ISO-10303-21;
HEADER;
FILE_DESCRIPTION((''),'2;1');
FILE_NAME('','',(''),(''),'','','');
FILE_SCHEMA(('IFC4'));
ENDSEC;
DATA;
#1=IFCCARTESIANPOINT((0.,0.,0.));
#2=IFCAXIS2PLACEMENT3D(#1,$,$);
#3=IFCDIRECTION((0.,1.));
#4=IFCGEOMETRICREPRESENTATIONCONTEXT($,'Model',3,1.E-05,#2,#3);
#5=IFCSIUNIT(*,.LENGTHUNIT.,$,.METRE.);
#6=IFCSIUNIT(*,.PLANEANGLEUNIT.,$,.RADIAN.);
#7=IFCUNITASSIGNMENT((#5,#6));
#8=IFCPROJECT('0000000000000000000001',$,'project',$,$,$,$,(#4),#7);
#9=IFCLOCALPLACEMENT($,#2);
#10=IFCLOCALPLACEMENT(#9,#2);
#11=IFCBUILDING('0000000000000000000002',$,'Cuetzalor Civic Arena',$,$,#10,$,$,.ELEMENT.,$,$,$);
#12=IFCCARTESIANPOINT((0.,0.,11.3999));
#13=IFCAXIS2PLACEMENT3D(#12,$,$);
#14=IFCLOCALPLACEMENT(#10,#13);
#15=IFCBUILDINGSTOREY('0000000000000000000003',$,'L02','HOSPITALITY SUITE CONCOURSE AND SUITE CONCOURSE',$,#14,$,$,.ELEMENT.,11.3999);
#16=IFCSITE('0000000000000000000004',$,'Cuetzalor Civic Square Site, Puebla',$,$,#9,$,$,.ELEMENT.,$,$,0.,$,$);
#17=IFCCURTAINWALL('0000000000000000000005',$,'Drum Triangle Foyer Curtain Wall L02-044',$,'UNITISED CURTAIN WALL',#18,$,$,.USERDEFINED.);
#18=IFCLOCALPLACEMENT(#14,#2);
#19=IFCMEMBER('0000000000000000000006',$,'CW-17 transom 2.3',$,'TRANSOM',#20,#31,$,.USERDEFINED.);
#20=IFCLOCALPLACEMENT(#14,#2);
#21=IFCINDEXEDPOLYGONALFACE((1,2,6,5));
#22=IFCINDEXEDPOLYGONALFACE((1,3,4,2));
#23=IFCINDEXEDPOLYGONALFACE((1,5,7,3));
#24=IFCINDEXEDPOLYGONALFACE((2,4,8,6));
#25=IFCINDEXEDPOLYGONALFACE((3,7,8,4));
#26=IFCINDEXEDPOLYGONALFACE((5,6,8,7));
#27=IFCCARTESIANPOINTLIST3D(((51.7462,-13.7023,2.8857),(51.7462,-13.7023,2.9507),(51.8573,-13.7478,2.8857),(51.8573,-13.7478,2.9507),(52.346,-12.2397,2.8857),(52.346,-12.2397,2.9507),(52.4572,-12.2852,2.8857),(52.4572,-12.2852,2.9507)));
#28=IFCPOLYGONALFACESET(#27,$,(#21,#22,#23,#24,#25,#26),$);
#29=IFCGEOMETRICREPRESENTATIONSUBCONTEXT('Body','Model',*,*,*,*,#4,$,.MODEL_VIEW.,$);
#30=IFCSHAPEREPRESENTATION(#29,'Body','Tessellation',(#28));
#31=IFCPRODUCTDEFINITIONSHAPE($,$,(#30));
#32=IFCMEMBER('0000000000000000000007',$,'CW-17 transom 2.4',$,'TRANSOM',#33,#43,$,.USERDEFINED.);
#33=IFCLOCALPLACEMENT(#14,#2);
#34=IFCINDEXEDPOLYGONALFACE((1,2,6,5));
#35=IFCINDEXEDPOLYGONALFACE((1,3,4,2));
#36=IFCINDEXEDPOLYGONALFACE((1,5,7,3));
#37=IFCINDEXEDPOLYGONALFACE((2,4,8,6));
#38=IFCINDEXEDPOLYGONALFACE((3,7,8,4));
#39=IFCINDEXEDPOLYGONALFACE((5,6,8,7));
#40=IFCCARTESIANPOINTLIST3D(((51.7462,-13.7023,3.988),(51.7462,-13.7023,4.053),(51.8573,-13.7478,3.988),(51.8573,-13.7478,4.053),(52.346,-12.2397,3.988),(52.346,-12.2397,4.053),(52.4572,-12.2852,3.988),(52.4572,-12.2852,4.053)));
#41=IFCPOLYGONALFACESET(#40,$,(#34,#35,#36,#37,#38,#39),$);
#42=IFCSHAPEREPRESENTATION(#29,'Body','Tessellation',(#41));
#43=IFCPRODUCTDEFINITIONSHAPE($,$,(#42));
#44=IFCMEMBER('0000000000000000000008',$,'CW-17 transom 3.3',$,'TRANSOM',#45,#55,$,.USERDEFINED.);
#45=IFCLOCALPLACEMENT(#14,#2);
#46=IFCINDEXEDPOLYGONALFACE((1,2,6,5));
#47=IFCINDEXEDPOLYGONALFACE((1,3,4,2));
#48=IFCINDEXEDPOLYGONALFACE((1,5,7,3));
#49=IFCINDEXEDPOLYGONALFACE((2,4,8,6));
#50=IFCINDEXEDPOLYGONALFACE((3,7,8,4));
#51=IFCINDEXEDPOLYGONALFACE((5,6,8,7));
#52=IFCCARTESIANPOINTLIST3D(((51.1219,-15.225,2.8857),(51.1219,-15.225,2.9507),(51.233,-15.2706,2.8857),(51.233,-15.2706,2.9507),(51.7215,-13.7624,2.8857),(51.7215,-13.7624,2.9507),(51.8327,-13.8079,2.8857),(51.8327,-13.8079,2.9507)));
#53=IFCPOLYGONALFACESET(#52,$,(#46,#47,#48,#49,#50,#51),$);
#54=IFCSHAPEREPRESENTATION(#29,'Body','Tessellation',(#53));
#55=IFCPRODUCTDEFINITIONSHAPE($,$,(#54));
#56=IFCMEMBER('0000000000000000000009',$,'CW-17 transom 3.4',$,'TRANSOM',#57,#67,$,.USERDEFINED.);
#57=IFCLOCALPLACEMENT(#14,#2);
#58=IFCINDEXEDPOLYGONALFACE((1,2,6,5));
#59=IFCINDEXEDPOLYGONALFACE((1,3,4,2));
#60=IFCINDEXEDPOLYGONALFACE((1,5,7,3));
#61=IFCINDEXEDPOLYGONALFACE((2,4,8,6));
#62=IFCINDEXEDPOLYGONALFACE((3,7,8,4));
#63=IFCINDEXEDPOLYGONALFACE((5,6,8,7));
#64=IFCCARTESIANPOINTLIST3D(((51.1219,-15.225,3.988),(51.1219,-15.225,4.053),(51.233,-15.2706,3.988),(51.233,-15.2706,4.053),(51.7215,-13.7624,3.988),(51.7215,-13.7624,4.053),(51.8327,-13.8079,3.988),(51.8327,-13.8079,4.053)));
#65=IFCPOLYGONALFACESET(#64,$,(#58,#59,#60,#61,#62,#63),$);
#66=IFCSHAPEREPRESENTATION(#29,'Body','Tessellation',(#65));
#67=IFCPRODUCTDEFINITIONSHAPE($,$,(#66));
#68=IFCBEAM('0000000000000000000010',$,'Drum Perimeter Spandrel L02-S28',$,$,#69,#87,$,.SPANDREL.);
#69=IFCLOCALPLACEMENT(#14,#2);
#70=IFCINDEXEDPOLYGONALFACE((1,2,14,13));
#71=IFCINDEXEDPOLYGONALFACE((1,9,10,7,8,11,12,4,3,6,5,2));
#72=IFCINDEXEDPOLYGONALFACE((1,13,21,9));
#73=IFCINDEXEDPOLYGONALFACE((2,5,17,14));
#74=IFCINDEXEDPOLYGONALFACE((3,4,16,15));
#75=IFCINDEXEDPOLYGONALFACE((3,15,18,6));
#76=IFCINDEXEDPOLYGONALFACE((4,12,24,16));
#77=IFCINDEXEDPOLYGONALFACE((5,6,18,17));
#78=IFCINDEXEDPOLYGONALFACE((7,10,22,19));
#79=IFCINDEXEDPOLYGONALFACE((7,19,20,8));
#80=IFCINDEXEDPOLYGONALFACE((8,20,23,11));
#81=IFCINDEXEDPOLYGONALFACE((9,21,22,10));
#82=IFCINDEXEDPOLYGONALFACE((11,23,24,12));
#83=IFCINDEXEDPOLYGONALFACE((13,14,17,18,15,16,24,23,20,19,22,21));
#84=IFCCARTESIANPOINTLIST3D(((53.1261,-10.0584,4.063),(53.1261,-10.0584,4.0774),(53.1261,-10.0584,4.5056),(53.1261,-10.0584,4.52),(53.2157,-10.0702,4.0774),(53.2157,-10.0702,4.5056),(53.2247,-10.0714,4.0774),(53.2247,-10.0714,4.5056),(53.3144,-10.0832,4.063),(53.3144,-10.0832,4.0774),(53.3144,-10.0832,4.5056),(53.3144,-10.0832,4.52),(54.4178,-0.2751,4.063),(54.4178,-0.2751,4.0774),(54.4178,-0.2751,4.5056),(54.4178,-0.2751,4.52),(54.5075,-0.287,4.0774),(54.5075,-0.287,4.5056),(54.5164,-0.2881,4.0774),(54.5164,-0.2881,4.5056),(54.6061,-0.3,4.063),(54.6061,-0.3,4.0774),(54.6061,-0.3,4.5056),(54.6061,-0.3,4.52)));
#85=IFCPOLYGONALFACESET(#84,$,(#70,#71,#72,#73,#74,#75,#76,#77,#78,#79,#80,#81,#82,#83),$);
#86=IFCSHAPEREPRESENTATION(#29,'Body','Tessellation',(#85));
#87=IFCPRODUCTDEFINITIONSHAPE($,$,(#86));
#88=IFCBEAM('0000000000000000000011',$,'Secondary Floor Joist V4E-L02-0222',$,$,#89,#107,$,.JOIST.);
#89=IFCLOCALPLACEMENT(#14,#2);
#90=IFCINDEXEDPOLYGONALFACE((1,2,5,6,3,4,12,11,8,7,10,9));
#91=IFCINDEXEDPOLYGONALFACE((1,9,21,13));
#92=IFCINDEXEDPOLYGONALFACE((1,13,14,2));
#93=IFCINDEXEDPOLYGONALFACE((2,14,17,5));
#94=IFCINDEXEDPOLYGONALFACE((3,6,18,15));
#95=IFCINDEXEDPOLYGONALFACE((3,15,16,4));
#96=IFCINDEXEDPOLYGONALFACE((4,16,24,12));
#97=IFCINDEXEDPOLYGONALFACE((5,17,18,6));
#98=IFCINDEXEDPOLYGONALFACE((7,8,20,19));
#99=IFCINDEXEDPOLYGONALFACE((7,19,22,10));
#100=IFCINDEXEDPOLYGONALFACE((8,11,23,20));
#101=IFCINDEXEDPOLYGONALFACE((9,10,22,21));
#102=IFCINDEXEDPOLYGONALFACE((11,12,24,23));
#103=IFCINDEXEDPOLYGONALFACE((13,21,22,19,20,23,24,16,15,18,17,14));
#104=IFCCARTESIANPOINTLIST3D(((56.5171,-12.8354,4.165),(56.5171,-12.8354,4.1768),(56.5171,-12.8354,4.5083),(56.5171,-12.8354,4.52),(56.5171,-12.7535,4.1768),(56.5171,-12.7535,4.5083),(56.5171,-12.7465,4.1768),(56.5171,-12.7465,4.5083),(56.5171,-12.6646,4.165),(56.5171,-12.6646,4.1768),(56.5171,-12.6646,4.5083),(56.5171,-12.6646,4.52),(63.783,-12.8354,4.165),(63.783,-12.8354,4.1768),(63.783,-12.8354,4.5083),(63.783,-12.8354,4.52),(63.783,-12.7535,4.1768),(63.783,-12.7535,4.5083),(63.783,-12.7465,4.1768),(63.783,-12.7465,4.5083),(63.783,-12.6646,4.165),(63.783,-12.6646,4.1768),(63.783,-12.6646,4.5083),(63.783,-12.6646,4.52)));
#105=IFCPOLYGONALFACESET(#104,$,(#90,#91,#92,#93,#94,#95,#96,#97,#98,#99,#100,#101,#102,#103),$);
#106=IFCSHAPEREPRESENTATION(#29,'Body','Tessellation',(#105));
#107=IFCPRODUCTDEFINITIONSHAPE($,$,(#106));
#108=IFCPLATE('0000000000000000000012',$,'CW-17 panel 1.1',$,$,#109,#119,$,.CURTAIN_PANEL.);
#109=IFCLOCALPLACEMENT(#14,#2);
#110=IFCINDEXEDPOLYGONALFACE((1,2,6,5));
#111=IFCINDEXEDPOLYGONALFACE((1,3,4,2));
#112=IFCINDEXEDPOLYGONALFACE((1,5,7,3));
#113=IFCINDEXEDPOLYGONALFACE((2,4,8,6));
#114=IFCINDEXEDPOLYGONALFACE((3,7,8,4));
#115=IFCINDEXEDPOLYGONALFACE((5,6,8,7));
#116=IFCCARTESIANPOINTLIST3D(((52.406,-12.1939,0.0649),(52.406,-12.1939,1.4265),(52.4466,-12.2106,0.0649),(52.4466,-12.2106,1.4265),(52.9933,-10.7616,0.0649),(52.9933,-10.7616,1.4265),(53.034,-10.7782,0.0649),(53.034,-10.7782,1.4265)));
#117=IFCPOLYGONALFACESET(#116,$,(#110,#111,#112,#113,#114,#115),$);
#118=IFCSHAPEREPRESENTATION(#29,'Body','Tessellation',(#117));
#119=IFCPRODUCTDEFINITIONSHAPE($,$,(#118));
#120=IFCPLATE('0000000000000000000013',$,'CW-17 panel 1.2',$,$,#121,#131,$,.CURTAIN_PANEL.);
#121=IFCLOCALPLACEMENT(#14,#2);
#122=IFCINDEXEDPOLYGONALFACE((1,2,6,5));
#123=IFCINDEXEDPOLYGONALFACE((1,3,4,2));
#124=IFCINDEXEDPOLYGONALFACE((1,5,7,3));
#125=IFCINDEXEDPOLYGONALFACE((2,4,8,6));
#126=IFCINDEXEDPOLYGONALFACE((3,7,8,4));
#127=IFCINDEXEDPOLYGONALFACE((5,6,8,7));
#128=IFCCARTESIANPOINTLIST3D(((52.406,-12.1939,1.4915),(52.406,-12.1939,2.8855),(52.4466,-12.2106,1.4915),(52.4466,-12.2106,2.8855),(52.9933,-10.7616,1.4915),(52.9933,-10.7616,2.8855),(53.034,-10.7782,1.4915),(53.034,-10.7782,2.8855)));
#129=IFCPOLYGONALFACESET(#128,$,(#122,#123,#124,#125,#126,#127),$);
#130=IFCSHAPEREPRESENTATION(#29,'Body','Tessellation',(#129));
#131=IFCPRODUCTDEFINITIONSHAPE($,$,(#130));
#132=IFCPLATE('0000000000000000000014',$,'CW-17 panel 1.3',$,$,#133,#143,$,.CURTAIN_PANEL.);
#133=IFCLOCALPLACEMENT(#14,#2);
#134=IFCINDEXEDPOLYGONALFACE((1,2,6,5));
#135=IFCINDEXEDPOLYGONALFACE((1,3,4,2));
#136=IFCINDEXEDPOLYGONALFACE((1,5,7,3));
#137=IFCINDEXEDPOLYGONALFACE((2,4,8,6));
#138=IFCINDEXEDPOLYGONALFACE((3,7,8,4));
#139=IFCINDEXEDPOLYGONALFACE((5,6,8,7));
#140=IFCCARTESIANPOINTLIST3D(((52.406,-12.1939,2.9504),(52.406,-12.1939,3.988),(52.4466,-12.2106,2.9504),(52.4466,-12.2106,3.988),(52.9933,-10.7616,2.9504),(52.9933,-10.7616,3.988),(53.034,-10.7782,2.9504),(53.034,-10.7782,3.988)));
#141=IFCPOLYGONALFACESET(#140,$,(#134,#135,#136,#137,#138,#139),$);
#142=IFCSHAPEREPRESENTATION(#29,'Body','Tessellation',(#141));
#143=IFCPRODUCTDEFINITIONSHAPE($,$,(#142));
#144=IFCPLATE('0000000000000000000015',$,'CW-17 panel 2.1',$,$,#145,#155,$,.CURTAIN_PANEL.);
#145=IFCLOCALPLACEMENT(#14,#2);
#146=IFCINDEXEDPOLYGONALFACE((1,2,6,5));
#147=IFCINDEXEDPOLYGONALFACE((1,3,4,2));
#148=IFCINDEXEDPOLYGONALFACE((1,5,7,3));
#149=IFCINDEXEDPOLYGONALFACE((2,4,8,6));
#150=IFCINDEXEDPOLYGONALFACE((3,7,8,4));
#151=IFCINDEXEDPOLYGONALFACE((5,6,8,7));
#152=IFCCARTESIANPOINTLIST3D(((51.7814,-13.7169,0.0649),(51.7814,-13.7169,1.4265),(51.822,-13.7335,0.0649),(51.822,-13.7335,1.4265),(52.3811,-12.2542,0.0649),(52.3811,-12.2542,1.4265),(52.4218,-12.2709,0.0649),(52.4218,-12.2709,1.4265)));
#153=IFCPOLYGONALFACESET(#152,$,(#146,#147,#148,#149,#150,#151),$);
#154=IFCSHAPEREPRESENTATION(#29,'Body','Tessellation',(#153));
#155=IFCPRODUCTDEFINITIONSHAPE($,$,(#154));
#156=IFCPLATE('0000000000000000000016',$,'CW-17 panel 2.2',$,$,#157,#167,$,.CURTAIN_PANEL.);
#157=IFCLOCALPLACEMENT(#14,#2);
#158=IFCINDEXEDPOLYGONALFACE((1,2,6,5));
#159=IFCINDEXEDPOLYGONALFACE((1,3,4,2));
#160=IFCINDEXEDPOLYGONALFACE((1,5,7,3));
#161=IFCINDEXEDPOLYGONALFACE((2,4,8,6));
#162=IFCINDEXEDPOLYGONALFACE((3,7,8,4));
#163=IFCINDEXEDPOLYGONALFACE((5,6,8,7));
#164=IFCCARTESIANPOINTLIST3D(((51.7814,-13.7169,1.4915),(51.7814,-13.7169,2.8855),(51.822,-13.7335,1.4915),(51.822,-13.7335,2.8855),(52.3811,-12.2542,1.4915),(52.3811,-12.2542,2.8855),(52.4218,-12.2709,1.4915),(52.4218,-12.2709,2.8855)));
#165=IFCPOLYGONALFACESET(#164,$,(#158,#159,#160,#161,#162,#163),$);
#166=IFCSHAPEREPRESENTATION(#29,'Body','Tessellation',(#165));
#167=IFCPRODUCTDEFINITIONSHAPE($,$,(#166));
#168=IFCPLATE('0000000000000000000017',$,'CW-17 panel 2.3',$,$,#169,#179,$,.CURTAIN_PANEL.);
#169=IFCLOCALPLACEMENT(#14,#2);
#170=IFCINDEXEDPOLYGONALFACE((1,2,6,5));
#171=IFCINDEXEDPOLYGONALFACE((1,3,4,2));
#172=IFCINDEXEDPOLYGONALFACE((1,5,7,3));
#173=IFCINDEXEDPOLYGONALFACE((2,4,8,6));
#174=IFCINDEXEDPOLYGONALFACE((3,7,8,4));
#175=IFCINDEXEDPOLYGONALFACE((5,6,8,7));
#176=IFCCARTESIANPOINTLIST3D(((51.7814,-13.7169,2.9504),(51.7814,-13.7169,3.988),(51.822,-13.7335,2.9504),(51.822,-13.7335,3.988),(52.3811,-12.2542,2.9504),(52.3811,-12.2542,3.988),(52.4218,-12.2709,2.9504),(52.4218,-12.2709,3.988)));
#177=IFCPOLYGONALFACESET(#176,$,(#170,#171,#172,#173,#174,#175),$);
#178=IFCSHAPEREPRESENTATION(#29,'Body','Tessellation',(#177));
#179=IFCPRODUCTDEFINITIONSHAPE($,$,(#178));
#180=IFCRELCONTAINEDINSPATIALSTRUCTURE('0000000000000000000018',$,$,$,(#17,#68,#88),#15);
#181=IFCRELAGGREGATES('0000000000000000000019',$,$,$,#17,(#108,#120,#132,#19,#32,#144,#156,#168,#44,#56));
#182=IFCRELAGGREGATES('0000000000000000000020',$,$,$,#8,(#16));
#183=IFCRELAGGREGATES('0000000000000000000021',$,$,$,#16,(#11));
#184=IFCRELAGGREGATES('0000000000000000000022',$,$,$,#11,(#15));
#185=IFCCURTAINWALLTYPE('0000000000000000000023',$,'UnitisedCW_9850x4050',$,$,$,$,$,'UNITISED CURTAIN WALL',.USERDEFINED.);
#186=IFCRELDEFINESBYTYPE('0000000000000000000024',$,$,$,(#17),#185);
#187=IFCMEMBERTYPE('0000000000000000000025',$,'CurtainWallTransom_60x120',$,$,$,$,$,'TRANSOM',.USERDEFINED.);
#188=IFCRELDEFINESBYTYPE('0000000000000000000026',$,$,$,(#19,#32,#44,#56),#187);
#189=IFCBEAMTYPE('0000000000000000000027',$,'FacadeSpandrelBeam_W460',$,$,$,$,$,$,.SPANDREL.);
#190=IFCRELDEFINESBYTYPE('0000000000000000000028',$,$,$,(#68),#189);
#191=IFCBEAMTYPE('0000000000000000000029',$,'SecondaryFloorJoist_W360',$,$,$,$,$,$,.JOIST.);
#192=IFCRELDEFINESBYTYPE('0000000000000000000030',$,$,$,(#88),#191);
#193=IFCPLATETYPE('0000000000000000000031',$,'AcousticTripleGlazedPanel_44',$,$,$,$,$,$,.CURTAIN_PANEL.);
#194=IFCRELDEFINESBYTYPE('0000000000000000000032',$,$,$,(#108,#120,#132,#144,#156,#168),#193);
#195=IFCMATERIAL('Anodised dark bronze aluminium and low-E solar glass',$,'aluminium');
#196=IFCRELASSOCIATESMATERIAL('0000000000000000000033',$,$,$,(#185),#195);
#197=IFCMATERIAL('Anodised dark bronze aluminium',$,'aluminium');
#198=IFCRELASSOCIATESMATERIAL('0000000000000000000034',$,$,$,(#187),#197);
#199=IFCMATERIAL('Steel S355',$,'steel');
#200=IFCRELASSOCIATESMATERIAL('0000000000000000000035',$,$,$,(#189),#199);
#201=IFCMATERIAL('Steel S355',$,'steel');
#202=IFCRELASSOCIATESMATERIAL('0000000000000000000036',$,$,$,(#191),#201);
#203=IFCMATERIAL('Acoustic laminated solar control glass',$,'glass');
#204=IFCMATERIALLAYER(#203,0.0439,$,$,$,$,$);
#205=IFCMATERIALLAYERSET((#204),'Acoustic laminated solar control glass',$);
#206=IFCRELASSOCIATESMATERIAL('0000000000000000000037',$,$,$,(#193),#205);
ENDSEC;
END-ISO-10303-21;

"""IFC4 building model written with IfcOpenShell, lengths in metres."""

from ifc_helpers import new_model, si_unit, direction, frame, origin, origin_2d, place, context, subcontext, project, spatial, rectangle, i_section, extrude, material, layer, layer_set, material_profile, profile_set, type_object, element, aggregate, save


model = new_model("IFC4")

# Units and contexts
model_context = context("Model", 3, precision=1e-05, world=origin(), true_north=direction((0.0, 1.0)))
body_context = subcontext(model_context, "Body", "Model", "MODEL_VIEW")
ifc_project = project(units=[si_unit("LENGTHUNIT", "METRE"), si_unit("PLANEANGLEUNIT", "RADIAN")], contexts=[model_context])

# Site, building, storey
site_placement = place(None, origin())
site = spatial("IfcSite", under=ifc_project, at=site_placement, Name="Cuetzalor Civic Square Site, Puebla", CompositionType="ELEMENT", RefElevation=0.0)
building_placement = place(site_placement, origin())
building = spatial("IfcBuilding", under=site, at=building_placement, Name="Cuetzalor Civic Arena", CompositionType="ELEMENT")
storey_placement = place(building_placement, frame((0.0, 0.0, 11.3999)))
storey = spatial("IfcBuildingStorey", under=building, at=storey_placement, Name="L02", Description="HOSPITALITY SUITE CONCOURSE AND SUITE CONCOURSE", CompositionType="ELEMENT", Elevation=11.3999)

# Curtain wall, members
ifc_material_1 = material(Name="Anodised dark bronze aluminium and low-E solar glass", Category="aluminium")
curtain_wall_type = type_object("IfcCurtainWallType", Name="UnitisedCW_9850x4050", ElementType="UNITISED CURTAIN WALL", PredefinedType="USERDEFINED", material=ifc_material_1)
curtain_wall_placement = place(storey_placement, origin())
curtain_wall = element("IfcCurtainWall", 1, at=curtain_wall_placement, inside=storey, type_object=curtain_wall_type, Name="Drum Triangle Foyer Curtain Wall L02-044", ObjectType="UNITISED CURTAIN WALL", PredefinedType="USERDEFINED")
ifc_material_2 = material(Name="Anodised dark bronze aluminium", Category="aluminium")
ifc_material_profile_1 = material_profile(ifc_material_2, rectangle(XDim=0.1201, YDim=0.0649, at=origin_2d()), Name="ALU TRANSOM 65x120")
ifc_profile_set_1 = profile_set([ifc_material_profile_1], Name="Anodised dark bronze aluminium")
member_type_1 = type_object("IfcMemberType", Name="CurtainWallTransom_60x120", ElementType="TRANSOM", PredefinedType="USERDEFINED", material=ifc_profile_set_1)
member_1_placement = place(storey_placement, frame((52.4016, -12.2625, 2.9182), z_axis=(-0.379445, -0.925214, 0.0), x_axis=(0.925214, -0.379445, 0.0)))
member_1 = element("IfcMember", 2, at=member_1_placement, type_object=member_type_1, Name="CW-17 transom 2.3", ObjectType="TRANSOM", PredefinedType="USERDEFINED", context=body_context, shape_type="SweptSolid", body=[
    extrude(rectangle(XDim=0.1201, YDim=0.0649, at=origin_2d()), origin(), (0.0, 0.0, 1.0), 1.5808),
])
member_2_placement = place(storey_placement, frame((52.4016, -12.2625, 4.0205), z_axis=(-0.379445, -0.925214, 0.0), x_axis=(0.925214, -0.379445, 0.0)))
member_2 = element("IfcMember", 3, at=member_2_placement, type_object=member_type_1, Name="CW-17 transom 2.4", ObjectType="TRANSOM", PredefinedType="USERDEFINED", context=body_context, shape_type="SweptSolid", body=[
    extrude(rectangle(XDim=0.1201, YDim=0.0649, at=origin_2d()), origin(), (0.0, 0.0, 1.0), 1.5808),
])
member_3_placement = place(storey_placement, frame((51.7771, -13.7852, 2.9182), z_axis=(-0.379312, -0.925269, 0.0), x_axis=(0.925269, -0.379312, 0.0)))
member_3 = element("IfcMember", 4, at=member_3_placement, type_object=member_type_1, Name="CW-17 transom 3.3", ObjectType="TRANSOM", PredefinedType="USERDEFINED", context=body_context, shape_type="SweptSolid", body=[
    extrude(rectangle(XDim=0.1201, YDim=0.0649, at=origin_2d()), origin(), (0.0, 0.0, 1.0), 1.5808),
])
member_4_placement = place(storey_placement, frame((51.7771, -13.7852, 4.0205), z_axis=(-0.379312, -0.925269, 0.0), x_axis=(0.925269, -0.379312, 0.0)))
member_4 = element("IfcMember", 5, at=member_4_placement, type_object=member_type_1, Name="CW-17 transom 3.4", ObjectType="TRANSOM", PredefinedType="USERDEFINED", context=body_context, shape_type="SweptSolid", body=[
    extrude(rectangle(XDim=0.1201, YDim=0.0649, at=origin_2d()), origin(), (0.0, 0.0, 1.0), 1.5808),
])

# Beams
ifc_material_3 = material(Name="Steel S355", Category="steel")
ifc_material_profile_2 = material_profile(ifc_material_3, i_section(OverallWidth=0.1899, OverallDepth=0.457, WebThickness=0.009, FlangeThickness=0.0144, at=origin_2d()), Name="W460x74")
ifc_profile_set_2 = profile_set([ifc_material_profile_2], Name="Steel S355")
beam_type_1 = type_object("IfcBeamType", Name="FacadeSpandrelBeam_W460", PredefinedType="SPANDREL", material=ifc_profile_set_2)
beam_1_placement = place(storey_placement, frame((53.2202, -10.0708, 4.2915), z_axis=(0.130901, 0.991395, 0.0), x_axis=(-0.991395, 0.130901, 0.0)))
element("IfcBeam", 6, at=beam_1_placement, inside=storey, type_object=beam_type_1, Name="Drum Perimeter Spandrel L02-S28", PredefinedType="SPANDREL", context=body_context, shape_type="SweptSolid", body=[
    extrude(i_section(OverallWidth=0.1899, OverallDepth=0.457, WebThickness=0.009, FlangeThickness=0.0144, at=origin_2d()), origin(), (0.0, 0.0, 1.0), 9.8682),
])
ifc_material_4 = material(Name="Steel S355", Category="steel")
ifc_material_profile_3 = material_profile(ifc_material_4, i_section(OverallWidth=0.1709, OverallDepth=0.355, WebThickness=0.0071, FlangeThickness=0.0117, at=origin_2d()), Name="W360x51")
ifc_profile_set_3 = profile_set([ifc_material_profile_3], Name="Steel S355")
beam_type_2 = type_object("IfcBeamType", Name="SecondaryFloorJoist_W360", PredefinedType="JOIST", material=ifc_profile_set_3)
beam_2_placement = place(storey_placement, frame((56.5171, -12.75, 4.3425), z_axis=(1.0, 0.0, 0.0), x_axis=(0.0, 1.0, 0.0)))
element("IfcBeam", 7, at=beam_2_placement, inside=storey, type_object=beam_type_2, Name="Secondary Floor Joist V4E-L02-0222", PredefinedType="JOIST", context=body_context, shape_type="SweptSolid", body=[
    extrude(i_section(OverallWidth=0.1709, OverallDepth=0.355, WebThickness=0.0071, FlangeThickness=0.0117, at=origin_2d()), origin(), (0.0, 0.0, 1.0), 7.2659),
])

# Plates
ifc_material_5 = material(Name="Acoustic laminated solar control glass", Category="glass")
ifc_layer = layer(ifc_material_5, 0.0439)
ifc_layer_set = layer_set([ifc_layer], Name="Acoustic laminated solar control glass")
plate_type = type_object("IfcPlateType", Name="AcousticTripleGlazedPanel_44", PredefinedType="CURTAIN_PANEL", material=ifc_layer_set)
plate_1_placement = place(storey_placement, frame((52.72, -11.4861, 0.0649), z_axis=(0.0, 0.0, 1.0), x_axis=(-0.379391, -0.925236, 0.0)))
plate_1 = element("IfcPlate", 8, at=plate_1_placement, type_object=plate_type, Name="CW-17 panel 1.1", PredefinedType="CURTAIN_PANEL", context=body_context, shape_type="SweptSolid", body=[
    extrude(rectangle(XDim=1.5481, YDim=0.0439, at=origin_2d()), origin(), (0.0, 0.0, 1.0), 1.3616),
])
plate_2_placement = place(storey_placement, frame((52.72, -11.4861, 1.4915), z_axis=(0.0, 0.0, 1.0), x_axis=(-0.379391, -0.925236, 0.0)))
plate_2 = element("IfcPlate", 9, at=plate_2_placement, type_object=plate_type, Name="CW-17 panel 1.2", PredefinedType="CURTAIN_PANEL", context=body_context, shape_type="SweptSolid", body=[
    extrude(rectangle(XDim=1.5481, YDim=0.0439, at=origin_2d()), origin(), (0.0, 0.0, 1.0), 1.394),
])
plate_3_placement = place(storey_placement, frame((52.72, -11.4861, 2.9504), z_axis=(0.0, 0.0, 1.0), x_axis=(-0.379391, -0.925236, 0.0)))
plate_3 = element("IfcPlate", 10, at=plate_3_placement, type_object=plate_type, Name="CW-17 panel 1.3", PredefinedType="CURTAIN_PANEL", context=body_context, shape_type="SweptSolid", body=[
    extrude(rectangle(XDim=1.5481, YDim=0.0439, at=origin_2d()), origin(), (0.0, 0.0, 1.0), 1.0376),
])
plate_4_placement = place(storey_placement, frame((52.1016, -12.9939, 0.0649), z_axis=(0.0, 0.0, 1.0), x_axis=(-0.379391, -0.925236, 0.0)))
plate_4 = element("IfcPlate", 11, at=plate_4_placement, type_object=plate_type, Name="CW-17 panel 2.1", PredefinedType="CURTAIN_PANEL", context=body_context, shape_type="SweptSolid", body=[
    extrude(rectangle(XDim=1.5808, YDim=0.0439, at=origin_2d()), origin(), (0.0, 0.0, 1.0), 1.3616),
])
plate_5_placement = place(storey_placement, frame((52.1016, -12.9939, 1.4915), z_axis=(0.0, 0.0, 1.0), x_axis=(-0.379391, -0.925236, 0.0)))
plate_5 = element("IfcPlate", 12, at=plate_5_placement, type_object=plate_type, Name="CW-17 panel 2.2", PredefinedType="CURTAIN_PANEL", context=body_context, shape_type="SweptSolid", body=[
    extrude(rectangle(XDim=1.5808, YDim=0.0439, at=origin_2d()), origin(), (0.0, 0.0, 1.0), 1.394),
])
plate_6_placement = place(storey_placement, frame((52.1016, -12.9939, 2.9504), z_axis=(0.0, 0.0, 1.0), x_axis=(-0.379391, -0.925236, 0.0)))
plate_6 = element("IfcPlate", 13, at=plate_6_placement, type_object=plate_type, Name="CW-17 panel 2.3", PredefinedType="CURTAIN_PANEL", context=body_context, shape_type="SweptSolid", body=[
    extrude(rectangle(XDim=1.5808, YDim=0.0439, at=origin_2d()), origin(), (0.0, 0.0, 1.0), 1.0376),
])
aggregate(curtain_wall, [plate_1, plate_2, plate_3, member_1, member_2, plate_4, plate_5, plate_6, member_3, member_4])

save(model, "model.ifc")
